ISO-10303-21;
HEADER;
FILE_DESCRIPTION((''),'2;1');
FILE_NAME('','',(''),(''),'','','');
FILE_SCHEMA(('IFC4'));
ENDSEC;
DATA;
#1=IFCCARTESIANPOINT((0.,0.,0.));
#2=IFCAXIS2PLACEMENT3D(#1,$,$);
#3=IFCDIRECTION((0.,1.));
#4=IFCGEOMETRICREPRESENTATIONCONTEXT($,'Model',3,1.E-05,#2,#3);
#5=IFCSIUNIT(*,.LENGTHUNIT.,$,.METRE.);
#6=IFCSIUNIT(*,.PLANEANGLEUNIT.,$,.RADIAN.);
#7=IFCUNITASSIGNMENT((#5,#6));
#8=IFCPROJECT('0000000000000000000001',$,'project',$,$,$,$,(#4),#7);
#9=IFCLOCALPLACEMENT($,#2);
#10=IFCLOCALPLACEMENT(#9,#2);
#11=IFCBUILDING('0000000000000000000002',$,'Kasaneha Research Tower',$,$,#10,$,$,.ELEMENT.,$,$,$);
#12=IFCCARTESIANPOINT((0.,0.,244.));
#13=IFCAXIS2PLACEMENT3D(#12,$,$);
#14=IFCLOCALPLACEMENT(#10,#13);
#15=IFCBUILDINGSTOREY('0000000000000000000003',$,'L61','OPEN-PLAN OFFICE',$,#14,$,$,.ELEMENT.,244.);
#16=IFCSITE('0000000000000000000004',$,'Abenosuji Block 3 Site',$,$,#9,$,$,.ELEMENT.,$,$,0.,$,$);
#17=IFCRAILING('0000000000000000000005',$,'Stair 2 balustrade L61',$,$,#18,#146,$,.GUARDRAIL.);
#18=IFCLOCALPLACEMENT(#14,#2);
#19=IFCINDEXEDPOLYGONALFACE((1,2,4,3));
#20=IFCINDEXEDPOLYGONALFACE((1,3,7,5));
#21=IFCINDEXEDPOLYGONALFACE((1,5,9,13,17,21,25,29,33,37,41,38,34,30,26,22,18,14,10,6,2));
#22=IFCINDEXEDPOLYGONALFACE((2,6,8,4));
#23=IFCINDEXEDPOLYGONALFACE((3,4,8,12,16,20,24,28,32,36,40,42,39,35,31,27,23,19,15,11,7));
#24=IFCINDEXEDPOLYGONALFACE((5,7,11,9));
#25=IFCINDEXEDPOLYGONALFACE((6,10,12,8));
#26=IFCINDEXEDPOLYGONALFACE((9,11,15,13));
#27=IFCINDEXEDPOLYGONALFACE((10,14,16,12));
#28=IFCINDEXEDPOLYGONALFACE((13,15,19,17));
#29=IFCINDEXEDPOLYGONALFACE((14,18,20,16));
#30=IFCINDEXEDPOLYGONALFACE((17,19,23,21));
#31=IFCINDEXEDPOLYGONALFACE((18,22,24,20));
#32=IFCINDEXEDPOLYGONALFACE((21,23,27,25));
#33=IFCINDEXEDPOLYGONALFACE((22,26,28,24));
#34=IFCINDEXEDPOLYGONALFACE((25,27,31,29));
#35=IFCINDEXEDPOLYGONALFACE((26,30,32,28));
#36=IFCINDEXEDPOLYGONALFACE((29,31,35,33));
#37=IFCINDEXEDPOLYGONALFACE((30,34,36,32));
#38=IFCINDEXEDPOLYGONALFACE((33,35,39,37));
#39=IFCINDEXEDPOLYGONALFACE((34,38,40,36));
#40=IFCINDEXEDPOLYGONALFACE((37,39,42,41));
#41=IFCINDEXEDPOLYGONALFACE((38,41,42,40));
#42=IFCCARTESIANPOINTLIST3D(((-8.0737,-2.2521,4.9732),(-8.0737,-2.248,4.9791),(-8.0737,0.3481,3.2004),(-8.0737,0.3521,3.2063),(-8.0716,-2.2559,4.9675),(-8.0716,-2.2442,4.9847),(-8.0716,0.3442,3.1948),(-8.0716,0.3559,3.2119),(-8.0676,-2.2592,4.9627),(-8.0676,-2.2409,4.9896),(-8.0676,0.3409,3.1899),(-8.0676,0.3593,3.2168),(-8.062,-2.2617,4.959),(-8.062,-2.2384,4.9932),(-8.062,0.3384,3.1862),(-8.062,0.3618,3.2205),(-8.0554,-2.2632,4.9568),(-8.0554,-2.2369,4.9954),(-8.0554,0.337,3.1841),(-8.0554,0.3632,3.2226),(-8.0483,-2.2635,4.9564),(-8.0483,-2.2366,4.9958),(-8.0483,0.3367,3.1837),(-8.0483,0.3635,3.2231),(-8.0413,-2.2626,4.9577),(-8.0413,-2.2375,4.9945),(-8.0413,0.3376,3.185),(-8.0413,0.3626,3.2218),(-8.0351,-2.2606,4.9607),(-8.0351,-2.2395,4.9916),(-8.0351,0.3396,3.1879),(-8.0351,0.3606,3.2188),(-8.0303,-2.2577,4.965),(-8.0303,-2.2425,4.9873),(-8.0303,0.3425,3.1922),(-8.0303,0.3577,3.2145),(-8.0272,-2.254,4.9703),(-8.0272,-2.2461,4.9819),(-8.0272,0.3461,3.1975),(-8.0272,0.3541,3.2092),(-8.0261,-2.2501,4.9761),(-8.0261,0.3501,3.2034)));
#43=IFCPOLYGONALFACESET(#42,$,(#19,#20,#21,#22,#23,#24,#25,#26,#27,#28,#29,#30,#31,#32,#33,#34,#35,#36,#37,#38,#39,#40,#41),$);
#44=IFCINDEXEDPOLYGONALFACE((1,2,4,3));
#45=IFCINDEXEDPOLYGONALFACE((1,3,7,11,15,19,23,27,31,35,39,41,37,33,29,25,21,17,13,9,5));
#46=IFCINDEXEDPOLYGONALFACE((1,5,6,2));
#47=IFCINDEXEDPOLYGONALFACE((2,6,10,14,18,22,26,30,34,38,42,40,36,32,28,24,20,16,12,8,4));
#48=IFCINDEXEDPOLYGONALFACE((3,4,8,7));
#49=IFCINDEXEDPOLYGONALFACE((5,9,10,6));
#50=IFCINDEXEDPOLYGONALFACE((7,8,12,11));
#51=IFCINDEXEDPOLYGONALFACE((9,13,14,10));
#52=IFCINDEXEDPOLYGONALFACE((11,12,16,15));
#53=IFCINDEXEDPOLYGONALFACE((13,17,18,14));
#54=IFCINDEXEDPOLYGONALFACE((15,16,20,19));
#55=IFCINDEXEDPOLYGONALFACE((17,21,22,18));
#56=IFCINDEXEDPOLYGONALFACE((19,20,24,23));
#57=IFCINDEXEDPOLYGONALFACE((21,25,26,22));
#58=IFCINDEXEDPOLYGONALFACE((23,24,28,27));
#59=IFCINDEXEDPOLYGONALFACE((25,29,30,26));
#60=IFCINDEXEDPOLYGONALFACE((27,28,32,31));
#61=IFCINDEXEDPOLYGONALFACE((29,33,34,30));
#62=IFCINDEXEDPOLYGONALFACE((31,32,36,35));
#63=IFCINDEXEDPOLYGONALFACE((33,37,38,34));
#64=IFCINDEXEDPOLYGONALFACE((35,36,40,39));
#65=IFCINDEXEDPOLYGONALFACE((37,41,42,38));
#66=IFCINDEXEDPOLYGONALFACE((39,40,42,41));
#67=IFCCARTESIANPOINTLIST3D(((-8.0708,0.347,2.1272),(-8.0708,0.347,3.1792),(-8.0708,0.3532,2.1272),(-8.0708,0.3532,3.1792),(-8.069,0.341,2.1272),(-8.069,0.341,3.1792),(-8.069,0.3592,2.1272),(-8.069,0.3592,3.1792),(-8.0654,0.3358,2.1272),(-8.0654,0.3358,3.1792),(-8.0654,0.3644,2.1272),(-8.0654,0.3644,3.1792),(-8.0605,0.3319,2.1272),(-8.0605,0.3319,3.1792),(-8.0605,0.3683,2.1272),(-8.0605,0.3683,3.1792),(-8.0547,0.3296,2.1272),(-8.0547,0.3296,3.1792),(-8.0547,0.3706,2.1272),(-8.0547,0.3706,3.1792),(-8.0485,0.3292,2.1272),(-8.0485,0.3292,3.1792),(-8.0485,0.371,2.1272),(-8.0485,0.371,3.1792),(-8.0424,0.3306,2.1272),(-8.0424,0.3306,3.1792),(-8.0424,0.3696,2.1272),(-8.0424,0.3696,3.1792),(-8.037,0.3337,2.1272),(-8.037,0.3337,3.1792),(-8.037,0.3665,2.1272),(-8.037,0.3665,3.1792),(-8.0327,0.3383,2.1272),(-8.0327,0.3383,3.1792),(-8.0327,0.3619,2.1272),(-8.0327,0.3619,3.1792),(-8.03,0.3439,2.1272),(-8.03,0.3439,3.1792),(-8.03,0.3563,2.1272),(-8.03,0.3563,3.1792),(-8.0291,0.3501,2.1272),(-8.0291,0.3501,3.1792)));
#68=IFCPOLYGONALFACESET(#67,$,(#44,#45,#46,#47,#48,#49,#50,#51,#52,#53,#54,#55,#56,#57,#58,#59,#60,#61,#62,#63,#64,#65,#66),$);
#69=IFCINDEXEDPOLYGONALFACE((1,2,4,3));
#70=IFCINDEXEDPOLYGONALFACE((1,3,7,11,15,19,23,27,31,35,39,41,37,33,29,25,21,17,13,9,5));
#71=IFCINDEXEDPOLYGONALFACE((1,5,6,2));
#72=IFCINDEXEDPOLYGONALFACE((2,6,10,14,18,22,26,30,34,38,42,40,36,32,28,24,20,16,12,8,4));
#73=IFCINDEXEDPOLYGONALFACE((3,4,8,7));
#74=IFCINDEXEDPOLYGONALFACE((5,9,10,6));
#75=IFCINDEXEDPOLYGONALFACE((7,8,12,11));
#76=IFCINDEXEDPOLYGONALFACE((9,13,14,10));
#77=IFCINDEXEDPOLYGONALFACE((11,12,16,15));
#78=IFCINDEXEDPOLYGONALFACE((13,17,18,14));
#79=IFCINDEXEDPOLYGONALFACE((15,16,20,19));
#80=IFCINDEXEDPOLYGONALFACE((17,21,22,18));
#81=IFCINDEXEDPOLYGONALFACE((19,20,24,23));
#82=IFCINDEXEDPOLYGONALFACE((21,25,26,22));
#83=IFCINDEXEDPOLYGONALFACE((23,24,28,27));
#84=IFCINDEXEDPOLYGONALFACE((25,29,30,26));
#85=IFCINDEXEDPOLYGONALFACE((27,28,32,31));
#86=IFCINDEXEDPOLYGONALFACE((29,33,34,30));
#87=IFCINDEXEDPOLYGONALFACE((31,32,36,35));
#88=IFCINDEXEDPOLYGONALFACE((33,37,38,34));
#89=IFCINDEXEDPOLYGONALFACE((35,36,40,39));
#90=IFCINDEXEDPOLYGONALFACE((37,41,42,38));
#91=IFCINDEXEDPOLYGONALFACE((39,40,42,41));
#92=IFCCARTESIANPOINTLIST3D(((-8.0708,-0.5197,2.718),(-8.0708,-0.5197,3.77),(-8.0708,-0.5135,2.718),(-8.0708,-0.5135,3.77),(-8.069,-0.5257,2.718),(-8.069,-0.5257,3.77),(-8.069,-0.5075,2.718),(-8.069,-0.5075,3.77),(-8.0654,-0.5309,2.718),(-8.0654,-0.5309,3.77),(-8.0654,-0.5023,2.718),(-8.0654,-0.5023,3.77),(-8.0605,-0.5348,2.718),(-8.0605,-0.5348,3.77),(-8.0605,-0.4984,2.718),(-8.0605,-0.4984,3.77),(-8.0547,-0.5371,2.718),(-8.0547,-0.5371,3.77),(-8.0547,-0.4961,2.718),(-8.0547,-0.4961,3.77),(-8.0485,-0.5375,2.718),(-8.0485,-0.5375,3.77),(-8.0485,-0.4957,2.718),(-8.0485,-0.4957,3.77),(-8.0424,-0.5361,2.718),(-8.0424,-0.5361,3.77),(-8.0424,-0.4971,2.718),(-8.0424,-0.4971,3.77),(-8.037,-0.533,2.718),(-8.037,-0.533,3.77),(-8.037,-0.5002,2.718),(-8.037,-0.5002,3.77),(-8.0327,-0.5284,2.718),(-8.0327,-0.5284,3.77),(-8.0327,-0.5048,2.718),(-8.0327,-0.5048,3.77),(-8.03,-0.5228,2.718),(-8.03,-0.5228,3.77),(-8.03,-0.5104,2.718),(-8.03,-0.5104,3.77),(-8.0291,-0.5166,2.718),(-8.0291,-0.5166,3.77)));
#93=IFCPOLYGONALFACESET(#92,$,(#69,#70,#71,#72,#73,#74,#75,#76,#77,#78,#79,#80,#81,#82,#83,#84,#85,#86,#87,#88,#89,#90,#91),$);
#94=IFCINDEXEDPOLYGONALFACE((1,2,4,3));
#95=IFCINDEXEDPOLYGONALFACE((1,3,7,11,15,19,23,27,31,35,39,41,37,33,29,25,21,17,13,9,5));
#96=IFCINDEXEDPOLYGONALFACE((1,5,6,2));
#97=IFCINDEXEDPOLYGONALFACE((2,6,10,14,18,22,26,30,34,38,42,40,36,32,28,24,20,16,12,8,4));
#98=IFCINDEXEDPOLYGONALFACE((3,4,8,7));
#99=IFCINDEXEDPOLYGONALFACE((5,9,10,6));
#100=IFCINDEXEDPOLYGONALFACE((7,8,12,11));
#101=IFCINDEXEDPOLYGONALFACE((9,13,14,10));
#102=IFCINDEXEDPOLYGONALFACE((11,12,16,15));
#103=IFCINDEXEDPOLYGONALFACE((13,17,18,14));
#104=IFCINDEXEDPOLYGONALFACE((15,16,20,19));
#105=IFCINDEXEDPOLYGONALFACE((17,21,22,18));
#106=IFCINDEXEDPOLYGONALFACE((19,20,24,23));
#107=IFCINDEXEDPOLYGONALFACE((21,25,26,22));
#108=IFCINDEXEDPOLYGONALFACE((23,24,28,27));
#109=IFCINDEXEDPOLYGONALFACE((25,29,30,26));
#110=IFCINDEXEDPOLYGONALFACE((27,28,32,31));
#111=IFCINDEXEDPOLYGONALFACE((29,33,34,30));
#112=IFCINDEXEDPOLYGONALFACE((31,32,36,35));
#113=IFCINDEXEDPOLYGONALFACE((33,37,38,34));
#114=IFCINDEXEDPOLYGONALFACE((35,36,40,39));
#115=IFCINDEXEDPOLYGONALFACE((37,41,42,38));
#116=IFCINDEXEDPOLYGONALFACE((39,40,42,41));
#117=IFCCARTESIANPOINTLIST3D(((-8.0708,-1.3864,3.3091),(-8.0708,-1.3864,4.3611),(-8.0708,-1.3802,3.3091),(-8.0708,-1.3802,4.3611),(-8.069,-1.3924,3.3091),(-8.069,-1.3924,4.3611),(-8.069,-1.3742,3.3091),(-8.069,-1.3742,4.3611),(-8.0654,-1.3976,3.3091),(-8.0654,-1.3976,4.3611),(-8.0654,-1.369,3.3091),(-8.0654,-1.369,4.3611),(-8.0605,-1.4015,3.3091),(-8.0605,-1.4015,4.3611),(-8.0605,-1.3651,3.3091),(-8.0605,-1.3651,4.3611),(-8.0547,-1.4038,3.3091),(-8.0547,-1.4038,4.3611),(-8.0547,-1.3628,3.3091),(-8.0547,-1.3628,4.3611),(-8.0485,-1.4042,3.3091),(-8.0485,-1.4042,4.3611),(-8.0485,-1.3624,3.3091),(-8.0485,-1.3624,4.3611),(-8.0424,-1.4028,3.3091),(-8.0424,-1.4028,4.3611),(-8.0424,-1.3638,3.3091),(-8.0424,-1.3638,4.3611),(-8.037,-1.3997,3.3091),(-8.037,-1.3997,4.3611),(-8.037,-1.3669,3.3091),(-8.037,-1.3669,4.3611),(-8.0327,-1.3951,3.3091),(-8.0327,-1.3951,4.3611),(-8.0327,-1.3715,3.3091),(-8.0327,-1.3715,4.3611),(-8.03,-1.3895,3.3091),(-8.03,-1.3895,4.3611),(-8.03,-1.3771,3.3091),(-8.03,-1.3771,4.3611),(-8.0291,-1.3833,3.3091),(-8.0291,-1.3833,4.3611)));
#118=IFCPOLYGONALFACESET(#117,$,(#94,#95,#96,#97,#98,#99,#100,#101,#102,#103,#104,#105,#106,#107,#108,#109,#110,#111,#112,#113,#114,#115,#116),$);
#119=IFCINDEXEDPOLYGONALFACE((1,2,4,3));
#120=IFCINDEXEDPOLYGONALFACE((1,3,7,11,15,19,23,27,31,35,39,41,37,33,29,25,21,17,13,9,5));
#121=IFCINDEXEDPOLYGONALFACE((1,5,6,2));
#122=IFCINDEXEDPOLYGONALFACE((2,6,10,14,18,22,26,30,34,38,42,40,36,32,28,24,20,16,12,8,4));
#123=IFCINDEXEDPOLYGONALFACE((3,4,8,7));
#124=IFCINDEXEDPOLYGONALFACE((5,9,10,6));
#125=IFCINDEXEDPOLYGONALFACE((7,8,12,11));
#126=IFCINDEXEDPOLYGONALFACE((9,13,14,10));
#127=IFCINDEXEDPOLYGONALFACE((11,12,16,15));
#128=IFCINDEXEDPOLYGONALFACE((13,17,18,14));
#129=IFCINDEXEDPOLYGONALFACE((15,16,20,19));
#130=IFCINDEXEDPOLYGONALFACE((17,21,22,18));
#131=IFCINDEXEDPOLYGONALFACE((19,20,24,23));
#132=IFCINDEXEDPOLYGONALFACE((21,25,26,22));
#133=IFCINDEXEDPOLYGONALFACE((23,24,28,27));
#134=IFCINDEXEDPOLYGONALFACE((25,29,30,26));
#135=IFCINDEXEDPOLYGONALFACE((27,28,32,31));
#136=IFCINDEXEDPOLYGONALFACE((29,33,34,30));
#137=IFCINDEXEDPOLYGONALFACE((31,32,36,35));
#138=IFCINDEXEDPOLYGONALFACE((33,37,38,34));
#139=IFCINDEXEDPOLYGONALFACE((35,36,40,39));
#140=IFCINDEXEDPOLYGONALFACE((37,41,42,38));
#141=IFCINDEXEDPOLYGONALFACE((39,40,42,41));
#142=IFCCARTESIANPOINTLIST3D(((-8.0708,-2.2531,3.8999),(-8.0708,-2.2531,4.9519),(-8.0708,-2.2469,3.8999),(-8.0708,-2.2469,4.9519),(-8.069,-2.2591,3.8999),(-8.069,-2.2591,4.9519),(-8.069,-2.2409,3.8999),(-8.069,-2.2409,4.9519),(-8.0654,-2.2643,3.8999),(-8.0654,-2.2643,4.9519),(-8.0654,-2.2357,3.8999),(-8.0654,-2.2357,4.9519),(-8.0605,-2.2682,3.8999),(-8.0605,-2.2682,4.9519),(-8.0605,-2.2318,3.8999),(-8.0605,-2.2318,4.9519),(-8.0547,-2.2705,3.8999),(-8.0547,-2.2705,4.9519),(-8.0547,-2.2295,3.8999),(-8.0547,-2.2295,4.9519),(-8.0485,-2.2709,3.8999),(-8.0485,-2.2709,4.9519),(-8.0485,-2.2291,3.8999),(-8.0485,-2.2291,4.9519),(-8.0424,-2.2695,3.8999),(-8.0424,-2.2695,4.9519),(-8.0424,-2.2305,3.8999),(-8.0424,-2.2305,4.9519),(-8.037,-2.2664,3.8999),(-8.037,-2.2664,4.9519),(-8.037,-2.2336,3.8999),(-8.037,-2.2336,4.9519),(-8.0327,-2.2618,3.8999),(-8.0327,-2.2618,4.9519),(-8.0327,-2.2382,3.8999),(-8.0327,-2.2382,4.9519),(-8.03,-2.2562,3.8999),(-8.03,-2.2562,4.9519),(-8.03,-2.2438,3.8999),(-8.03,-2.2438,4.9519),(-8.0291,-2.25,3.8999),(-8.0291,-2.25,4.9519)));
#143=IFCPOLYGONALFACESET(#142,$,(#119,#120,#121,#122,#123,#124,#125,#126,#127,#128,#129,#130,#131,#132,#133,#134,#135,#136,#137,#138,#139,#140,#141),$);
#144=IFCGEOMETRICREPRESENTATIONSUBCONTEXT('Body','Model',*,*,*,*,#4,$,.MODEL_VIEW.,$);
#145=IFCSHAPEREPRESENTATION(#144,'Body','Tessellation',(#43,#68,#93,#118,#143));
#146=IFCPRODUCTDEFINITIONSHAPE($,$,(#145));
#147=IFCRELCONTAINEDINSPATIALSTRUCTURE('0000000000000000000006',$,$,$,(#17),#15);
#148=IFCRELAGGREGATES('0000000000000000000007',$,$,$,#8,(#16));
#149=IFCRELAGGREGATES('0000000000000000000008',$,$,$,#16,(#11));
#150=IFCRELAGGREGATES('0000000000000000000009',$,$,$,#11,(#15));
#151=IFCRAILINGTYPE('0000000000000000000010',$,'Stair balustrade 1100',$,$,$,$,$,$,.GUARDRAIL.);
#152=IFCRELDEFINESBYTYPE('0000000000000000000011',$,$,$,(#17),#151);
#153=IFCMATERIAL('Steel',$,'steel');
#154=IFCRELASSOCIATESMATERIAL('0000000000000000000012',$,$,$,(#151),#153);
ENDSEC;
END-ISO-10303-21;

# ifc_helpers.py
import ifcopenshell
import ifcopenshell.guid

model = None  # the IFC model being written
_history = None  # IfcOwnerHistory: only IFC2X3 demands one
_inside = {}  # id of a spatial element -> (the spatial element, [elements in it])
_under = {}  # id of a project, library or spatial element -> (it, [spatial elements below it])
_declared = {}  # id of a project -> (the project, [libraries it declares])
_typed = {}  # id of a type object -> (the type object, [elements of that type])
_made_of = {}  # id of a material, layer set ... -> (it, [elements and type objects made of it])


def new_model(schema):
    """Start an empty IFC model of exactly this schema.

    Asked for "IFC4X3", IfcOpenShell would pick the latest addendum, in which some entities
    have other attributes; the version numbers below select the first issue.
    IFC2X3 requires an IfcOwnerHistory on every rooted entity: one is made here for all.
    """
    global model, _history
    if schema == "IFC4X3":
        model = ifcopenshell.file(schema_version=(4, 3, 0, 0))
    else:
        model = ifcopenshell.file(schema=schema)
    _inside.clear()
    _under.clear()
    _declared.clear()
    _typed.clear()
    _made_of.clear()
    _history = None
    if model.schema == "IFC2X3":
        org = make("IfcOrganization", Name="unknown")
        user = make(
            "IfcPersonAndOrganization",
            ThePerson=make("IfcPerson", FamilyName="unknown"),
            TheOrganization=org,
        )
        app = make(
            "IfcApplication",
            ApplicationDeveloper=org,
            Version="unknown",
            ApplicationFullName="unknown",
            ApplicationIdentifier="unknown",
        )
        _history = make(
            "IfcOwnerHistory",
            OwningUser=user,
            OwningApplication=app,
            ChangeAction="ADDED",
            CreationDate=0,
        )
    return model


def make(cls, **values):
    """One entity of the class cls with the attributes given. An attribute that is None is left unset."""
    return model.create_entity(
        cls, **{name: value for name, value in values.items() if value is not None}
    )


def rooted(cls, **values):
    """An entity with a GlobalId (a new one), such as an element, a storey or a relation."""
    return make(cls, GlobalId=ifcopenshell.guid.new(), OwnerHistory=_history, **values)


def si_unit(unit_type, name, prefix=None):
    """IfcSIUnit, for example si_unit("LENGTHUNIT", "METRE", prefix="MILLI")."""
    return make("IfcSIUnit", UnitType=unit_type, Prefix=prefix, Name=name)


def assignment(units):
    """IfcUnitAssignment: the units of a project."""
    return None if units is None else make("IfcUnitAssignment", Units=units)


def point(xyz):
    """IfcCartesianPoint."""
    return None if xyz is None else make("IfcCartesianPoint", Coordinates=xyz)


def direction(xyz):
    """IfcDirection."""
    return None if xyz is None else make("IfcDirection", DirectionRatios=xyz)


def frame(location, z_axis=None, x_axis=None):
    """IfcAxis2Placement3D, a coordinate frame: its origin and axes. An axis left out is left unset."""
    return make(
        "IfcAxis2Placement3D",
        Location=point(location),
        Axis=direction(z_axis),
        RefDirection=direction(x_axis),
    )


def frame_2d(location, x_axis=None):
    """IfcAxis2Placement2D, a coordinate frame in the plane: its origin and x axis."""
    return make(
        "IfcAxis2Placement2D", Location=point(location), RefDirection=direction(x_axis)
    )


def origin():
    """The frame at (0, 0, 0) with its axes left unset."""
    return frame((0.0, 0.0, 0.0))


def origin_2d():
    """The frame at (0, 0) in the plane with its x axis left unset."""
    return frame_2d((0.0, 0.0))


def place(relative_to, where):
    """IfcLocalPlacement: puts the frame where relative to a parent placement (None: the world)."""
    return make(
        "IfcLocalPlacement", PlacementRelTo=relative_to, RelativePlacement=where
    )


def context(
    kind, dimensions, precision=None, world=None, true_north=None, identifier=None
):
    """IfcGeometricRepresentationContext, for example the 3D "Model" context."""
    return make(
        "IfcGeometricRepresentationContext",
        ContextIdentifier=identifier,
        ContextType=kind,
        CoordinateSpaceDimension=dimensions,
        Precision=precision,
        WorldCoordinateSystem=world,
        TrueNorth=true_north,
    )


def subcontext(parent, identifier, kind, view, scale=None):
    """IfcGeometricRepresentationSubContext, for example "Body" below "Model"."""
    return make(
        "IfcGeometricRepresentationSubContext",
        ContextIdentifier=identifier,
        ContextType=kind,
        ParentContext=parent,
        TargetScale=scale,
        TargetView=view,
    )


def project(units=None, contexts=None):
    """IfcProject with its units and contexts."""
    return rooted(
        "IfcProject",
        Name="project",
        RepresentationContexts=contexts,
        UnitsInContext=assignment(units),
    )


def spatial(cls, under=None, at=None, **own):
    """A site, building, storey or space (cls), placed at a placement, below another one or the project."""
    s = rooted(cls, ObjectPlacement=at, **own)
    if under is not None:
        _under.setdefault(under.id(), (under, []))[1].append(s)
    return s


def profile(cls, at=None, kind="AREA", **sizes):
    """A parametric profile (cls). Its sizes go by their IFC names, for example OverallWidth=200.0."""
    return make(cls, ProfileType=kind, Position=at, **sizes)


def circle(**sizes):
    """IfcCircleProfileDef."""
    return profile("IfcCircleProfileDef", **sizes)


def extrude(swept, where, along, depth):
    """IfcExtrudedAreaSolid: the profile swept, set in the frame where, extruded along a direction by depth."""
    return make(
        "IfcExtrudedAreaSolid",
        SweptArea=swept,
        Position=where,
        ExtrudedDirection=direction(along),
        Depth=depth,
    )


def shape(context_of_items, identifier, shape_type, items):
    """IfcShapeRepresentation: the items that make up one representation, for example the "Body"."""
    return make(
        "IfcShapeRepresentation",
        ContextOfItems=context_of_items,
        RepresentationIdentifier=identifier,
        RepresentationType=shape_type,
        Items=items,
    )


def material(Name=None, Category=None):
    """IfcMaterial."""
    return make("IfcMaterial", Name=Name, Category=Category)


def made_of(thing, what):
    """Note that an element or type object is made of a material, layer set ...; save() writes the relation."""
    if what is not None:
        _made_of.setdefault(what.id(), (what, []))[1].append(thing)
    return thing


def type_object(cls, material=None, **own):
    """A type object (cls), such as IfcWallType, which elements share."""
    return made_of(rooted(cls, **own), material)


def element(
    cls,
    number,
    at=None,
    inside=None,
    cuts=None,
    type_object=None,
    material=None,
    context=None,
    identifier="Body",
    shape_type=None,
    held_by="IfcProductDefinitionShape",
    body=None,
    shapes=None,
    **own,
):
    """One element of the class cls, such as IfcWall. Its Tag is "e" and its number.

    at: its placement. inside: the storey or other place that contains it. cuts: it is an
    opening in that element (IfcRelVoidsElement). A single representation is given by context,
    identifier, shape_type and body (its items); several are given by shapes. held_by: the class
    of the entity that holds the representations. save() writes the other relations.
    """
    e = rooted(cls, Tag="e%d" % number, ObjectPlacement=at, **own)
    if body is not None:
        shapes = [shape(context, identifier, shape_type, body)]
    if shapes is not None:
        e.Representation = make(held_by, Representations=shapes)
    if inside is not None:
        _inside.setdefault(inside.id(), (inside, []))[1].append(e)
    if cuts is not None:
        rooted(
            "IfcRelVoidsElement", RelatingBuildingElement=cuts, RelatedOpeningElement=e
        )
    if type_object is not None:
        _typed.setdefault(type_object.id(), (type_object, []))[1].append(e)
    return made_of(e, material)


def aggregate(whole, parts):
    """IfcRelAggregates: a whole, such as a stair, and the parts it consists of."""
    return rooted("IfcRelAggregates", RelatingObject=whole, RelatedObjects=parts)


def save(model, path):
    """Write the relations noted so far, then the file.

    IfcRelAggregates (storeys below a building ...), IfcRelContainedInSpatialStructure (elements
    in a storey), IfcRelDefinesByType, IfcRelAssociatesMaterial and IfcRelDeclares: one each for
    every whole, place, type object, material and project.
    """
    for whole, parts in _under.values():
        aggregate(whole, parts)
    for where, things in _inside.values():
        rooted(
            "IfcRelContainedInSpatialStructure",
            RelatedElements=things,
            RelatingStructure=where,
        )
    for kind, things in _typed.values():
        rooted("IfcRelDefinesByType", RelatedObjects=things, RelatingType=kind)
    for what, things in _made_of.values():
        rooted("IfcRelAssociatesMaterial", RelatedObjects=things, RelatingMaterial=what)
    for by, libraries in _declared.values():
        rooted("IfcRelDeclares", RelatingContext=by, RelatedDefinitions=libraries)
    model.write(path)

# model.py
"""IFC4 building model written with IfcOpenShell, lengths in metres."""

from ifc_helpers import new_model, si_unit, direction, frame, origin, origin_2d, place, context, subcontext, project, spatial, circle, extrude, material, type_object, element, save


model = new_model("IFC4")

# Units and contexts
model_context = context("Model", 3, precision=1e-05, world=origin(), true_north=direction((0.0, 1.0)))
body_context = subcontext(model_context, "Body", "Model", "MODEL_VIEW")
ifc_project = project(units=[si_unit("LENGTHUNIT", "METRE"), si_unit("PLANEANGLEUNIT", "RADIAN")], contexts=[model_context])

# Site, building, storey
site_placement = place(None, origin())
site = spatial("IfcSite", under=ifc_project, at=site_placement, Name="Abenosuji Block 3 Site", CompositionType="ELEMENT", RefElevation=0.0)
building_placement = place(site_placement, origin())
building = spatial("IfcBuilding", under=site, at=building_placement, Name="Kasaneha Research Tower", CompositionType="ELEMENT")
storey_placement = place(building_placement, frame((0.0, 0.0, 244.0)))
storey = spatial("IfcBuildingStorey", under=building, at=storey_placement, Name="L61", Description="OPEN-PLAN OFFICE", CompositionType="ELEMENT", Elevation=244.0)

# Railing
ifc_material_1 = material(Name="Steel", Category="steel")
railing_type_1 = type_object("IfcRailingType", Name="Stair balustrade 1100", PredefinedType="GUARDRAIL", material=ifc_material_1)
railing_1_placement = place(storey_placement, frame((-8.05, 0.3501, 2.1272)))
element("IfcRailing", 1, at=railing_1_placement, inside=storey, type_object=railing_type_1, Name="Stair 2 balustrade L61", PredefinedType="GUARDRAIL", context=body_context, shape_type="SweptSolid", body=[
    extrude(circle(Radius=0.0239, at=origin_2d()), frame((0.0, 0.0, 1.0762), z_axis=(0.0, -0.82624, 0.563318), x_axis=(1.0, 0.0, 0.0)), (0.0, 0.0, 1.0), 3.147),
    extrude(circle(Radius=0.021, at=origin_2d()), origin(), (0.0, 0.0, 1.0), 1.052),
    extrude(circle(Radius=0.021, at=origin_2d()), frame((0.0, -0.8667, 0.5908)), (0.0, 0.0, 1.0), 1.052),
    extrude(circle(Radius=0.021, at=origin_2d()), frame((0.0, -1.7334, 1.1819)), (0.0, 0.0, 1.0), 1.052),
    extrude(circle(Radius=0.021, at=origin_2d()), frame((0.0, -2.6001, 1.7727)), (0.0, 0.0, 1.0), 1.052),
])

save(model, "model.ifc")
